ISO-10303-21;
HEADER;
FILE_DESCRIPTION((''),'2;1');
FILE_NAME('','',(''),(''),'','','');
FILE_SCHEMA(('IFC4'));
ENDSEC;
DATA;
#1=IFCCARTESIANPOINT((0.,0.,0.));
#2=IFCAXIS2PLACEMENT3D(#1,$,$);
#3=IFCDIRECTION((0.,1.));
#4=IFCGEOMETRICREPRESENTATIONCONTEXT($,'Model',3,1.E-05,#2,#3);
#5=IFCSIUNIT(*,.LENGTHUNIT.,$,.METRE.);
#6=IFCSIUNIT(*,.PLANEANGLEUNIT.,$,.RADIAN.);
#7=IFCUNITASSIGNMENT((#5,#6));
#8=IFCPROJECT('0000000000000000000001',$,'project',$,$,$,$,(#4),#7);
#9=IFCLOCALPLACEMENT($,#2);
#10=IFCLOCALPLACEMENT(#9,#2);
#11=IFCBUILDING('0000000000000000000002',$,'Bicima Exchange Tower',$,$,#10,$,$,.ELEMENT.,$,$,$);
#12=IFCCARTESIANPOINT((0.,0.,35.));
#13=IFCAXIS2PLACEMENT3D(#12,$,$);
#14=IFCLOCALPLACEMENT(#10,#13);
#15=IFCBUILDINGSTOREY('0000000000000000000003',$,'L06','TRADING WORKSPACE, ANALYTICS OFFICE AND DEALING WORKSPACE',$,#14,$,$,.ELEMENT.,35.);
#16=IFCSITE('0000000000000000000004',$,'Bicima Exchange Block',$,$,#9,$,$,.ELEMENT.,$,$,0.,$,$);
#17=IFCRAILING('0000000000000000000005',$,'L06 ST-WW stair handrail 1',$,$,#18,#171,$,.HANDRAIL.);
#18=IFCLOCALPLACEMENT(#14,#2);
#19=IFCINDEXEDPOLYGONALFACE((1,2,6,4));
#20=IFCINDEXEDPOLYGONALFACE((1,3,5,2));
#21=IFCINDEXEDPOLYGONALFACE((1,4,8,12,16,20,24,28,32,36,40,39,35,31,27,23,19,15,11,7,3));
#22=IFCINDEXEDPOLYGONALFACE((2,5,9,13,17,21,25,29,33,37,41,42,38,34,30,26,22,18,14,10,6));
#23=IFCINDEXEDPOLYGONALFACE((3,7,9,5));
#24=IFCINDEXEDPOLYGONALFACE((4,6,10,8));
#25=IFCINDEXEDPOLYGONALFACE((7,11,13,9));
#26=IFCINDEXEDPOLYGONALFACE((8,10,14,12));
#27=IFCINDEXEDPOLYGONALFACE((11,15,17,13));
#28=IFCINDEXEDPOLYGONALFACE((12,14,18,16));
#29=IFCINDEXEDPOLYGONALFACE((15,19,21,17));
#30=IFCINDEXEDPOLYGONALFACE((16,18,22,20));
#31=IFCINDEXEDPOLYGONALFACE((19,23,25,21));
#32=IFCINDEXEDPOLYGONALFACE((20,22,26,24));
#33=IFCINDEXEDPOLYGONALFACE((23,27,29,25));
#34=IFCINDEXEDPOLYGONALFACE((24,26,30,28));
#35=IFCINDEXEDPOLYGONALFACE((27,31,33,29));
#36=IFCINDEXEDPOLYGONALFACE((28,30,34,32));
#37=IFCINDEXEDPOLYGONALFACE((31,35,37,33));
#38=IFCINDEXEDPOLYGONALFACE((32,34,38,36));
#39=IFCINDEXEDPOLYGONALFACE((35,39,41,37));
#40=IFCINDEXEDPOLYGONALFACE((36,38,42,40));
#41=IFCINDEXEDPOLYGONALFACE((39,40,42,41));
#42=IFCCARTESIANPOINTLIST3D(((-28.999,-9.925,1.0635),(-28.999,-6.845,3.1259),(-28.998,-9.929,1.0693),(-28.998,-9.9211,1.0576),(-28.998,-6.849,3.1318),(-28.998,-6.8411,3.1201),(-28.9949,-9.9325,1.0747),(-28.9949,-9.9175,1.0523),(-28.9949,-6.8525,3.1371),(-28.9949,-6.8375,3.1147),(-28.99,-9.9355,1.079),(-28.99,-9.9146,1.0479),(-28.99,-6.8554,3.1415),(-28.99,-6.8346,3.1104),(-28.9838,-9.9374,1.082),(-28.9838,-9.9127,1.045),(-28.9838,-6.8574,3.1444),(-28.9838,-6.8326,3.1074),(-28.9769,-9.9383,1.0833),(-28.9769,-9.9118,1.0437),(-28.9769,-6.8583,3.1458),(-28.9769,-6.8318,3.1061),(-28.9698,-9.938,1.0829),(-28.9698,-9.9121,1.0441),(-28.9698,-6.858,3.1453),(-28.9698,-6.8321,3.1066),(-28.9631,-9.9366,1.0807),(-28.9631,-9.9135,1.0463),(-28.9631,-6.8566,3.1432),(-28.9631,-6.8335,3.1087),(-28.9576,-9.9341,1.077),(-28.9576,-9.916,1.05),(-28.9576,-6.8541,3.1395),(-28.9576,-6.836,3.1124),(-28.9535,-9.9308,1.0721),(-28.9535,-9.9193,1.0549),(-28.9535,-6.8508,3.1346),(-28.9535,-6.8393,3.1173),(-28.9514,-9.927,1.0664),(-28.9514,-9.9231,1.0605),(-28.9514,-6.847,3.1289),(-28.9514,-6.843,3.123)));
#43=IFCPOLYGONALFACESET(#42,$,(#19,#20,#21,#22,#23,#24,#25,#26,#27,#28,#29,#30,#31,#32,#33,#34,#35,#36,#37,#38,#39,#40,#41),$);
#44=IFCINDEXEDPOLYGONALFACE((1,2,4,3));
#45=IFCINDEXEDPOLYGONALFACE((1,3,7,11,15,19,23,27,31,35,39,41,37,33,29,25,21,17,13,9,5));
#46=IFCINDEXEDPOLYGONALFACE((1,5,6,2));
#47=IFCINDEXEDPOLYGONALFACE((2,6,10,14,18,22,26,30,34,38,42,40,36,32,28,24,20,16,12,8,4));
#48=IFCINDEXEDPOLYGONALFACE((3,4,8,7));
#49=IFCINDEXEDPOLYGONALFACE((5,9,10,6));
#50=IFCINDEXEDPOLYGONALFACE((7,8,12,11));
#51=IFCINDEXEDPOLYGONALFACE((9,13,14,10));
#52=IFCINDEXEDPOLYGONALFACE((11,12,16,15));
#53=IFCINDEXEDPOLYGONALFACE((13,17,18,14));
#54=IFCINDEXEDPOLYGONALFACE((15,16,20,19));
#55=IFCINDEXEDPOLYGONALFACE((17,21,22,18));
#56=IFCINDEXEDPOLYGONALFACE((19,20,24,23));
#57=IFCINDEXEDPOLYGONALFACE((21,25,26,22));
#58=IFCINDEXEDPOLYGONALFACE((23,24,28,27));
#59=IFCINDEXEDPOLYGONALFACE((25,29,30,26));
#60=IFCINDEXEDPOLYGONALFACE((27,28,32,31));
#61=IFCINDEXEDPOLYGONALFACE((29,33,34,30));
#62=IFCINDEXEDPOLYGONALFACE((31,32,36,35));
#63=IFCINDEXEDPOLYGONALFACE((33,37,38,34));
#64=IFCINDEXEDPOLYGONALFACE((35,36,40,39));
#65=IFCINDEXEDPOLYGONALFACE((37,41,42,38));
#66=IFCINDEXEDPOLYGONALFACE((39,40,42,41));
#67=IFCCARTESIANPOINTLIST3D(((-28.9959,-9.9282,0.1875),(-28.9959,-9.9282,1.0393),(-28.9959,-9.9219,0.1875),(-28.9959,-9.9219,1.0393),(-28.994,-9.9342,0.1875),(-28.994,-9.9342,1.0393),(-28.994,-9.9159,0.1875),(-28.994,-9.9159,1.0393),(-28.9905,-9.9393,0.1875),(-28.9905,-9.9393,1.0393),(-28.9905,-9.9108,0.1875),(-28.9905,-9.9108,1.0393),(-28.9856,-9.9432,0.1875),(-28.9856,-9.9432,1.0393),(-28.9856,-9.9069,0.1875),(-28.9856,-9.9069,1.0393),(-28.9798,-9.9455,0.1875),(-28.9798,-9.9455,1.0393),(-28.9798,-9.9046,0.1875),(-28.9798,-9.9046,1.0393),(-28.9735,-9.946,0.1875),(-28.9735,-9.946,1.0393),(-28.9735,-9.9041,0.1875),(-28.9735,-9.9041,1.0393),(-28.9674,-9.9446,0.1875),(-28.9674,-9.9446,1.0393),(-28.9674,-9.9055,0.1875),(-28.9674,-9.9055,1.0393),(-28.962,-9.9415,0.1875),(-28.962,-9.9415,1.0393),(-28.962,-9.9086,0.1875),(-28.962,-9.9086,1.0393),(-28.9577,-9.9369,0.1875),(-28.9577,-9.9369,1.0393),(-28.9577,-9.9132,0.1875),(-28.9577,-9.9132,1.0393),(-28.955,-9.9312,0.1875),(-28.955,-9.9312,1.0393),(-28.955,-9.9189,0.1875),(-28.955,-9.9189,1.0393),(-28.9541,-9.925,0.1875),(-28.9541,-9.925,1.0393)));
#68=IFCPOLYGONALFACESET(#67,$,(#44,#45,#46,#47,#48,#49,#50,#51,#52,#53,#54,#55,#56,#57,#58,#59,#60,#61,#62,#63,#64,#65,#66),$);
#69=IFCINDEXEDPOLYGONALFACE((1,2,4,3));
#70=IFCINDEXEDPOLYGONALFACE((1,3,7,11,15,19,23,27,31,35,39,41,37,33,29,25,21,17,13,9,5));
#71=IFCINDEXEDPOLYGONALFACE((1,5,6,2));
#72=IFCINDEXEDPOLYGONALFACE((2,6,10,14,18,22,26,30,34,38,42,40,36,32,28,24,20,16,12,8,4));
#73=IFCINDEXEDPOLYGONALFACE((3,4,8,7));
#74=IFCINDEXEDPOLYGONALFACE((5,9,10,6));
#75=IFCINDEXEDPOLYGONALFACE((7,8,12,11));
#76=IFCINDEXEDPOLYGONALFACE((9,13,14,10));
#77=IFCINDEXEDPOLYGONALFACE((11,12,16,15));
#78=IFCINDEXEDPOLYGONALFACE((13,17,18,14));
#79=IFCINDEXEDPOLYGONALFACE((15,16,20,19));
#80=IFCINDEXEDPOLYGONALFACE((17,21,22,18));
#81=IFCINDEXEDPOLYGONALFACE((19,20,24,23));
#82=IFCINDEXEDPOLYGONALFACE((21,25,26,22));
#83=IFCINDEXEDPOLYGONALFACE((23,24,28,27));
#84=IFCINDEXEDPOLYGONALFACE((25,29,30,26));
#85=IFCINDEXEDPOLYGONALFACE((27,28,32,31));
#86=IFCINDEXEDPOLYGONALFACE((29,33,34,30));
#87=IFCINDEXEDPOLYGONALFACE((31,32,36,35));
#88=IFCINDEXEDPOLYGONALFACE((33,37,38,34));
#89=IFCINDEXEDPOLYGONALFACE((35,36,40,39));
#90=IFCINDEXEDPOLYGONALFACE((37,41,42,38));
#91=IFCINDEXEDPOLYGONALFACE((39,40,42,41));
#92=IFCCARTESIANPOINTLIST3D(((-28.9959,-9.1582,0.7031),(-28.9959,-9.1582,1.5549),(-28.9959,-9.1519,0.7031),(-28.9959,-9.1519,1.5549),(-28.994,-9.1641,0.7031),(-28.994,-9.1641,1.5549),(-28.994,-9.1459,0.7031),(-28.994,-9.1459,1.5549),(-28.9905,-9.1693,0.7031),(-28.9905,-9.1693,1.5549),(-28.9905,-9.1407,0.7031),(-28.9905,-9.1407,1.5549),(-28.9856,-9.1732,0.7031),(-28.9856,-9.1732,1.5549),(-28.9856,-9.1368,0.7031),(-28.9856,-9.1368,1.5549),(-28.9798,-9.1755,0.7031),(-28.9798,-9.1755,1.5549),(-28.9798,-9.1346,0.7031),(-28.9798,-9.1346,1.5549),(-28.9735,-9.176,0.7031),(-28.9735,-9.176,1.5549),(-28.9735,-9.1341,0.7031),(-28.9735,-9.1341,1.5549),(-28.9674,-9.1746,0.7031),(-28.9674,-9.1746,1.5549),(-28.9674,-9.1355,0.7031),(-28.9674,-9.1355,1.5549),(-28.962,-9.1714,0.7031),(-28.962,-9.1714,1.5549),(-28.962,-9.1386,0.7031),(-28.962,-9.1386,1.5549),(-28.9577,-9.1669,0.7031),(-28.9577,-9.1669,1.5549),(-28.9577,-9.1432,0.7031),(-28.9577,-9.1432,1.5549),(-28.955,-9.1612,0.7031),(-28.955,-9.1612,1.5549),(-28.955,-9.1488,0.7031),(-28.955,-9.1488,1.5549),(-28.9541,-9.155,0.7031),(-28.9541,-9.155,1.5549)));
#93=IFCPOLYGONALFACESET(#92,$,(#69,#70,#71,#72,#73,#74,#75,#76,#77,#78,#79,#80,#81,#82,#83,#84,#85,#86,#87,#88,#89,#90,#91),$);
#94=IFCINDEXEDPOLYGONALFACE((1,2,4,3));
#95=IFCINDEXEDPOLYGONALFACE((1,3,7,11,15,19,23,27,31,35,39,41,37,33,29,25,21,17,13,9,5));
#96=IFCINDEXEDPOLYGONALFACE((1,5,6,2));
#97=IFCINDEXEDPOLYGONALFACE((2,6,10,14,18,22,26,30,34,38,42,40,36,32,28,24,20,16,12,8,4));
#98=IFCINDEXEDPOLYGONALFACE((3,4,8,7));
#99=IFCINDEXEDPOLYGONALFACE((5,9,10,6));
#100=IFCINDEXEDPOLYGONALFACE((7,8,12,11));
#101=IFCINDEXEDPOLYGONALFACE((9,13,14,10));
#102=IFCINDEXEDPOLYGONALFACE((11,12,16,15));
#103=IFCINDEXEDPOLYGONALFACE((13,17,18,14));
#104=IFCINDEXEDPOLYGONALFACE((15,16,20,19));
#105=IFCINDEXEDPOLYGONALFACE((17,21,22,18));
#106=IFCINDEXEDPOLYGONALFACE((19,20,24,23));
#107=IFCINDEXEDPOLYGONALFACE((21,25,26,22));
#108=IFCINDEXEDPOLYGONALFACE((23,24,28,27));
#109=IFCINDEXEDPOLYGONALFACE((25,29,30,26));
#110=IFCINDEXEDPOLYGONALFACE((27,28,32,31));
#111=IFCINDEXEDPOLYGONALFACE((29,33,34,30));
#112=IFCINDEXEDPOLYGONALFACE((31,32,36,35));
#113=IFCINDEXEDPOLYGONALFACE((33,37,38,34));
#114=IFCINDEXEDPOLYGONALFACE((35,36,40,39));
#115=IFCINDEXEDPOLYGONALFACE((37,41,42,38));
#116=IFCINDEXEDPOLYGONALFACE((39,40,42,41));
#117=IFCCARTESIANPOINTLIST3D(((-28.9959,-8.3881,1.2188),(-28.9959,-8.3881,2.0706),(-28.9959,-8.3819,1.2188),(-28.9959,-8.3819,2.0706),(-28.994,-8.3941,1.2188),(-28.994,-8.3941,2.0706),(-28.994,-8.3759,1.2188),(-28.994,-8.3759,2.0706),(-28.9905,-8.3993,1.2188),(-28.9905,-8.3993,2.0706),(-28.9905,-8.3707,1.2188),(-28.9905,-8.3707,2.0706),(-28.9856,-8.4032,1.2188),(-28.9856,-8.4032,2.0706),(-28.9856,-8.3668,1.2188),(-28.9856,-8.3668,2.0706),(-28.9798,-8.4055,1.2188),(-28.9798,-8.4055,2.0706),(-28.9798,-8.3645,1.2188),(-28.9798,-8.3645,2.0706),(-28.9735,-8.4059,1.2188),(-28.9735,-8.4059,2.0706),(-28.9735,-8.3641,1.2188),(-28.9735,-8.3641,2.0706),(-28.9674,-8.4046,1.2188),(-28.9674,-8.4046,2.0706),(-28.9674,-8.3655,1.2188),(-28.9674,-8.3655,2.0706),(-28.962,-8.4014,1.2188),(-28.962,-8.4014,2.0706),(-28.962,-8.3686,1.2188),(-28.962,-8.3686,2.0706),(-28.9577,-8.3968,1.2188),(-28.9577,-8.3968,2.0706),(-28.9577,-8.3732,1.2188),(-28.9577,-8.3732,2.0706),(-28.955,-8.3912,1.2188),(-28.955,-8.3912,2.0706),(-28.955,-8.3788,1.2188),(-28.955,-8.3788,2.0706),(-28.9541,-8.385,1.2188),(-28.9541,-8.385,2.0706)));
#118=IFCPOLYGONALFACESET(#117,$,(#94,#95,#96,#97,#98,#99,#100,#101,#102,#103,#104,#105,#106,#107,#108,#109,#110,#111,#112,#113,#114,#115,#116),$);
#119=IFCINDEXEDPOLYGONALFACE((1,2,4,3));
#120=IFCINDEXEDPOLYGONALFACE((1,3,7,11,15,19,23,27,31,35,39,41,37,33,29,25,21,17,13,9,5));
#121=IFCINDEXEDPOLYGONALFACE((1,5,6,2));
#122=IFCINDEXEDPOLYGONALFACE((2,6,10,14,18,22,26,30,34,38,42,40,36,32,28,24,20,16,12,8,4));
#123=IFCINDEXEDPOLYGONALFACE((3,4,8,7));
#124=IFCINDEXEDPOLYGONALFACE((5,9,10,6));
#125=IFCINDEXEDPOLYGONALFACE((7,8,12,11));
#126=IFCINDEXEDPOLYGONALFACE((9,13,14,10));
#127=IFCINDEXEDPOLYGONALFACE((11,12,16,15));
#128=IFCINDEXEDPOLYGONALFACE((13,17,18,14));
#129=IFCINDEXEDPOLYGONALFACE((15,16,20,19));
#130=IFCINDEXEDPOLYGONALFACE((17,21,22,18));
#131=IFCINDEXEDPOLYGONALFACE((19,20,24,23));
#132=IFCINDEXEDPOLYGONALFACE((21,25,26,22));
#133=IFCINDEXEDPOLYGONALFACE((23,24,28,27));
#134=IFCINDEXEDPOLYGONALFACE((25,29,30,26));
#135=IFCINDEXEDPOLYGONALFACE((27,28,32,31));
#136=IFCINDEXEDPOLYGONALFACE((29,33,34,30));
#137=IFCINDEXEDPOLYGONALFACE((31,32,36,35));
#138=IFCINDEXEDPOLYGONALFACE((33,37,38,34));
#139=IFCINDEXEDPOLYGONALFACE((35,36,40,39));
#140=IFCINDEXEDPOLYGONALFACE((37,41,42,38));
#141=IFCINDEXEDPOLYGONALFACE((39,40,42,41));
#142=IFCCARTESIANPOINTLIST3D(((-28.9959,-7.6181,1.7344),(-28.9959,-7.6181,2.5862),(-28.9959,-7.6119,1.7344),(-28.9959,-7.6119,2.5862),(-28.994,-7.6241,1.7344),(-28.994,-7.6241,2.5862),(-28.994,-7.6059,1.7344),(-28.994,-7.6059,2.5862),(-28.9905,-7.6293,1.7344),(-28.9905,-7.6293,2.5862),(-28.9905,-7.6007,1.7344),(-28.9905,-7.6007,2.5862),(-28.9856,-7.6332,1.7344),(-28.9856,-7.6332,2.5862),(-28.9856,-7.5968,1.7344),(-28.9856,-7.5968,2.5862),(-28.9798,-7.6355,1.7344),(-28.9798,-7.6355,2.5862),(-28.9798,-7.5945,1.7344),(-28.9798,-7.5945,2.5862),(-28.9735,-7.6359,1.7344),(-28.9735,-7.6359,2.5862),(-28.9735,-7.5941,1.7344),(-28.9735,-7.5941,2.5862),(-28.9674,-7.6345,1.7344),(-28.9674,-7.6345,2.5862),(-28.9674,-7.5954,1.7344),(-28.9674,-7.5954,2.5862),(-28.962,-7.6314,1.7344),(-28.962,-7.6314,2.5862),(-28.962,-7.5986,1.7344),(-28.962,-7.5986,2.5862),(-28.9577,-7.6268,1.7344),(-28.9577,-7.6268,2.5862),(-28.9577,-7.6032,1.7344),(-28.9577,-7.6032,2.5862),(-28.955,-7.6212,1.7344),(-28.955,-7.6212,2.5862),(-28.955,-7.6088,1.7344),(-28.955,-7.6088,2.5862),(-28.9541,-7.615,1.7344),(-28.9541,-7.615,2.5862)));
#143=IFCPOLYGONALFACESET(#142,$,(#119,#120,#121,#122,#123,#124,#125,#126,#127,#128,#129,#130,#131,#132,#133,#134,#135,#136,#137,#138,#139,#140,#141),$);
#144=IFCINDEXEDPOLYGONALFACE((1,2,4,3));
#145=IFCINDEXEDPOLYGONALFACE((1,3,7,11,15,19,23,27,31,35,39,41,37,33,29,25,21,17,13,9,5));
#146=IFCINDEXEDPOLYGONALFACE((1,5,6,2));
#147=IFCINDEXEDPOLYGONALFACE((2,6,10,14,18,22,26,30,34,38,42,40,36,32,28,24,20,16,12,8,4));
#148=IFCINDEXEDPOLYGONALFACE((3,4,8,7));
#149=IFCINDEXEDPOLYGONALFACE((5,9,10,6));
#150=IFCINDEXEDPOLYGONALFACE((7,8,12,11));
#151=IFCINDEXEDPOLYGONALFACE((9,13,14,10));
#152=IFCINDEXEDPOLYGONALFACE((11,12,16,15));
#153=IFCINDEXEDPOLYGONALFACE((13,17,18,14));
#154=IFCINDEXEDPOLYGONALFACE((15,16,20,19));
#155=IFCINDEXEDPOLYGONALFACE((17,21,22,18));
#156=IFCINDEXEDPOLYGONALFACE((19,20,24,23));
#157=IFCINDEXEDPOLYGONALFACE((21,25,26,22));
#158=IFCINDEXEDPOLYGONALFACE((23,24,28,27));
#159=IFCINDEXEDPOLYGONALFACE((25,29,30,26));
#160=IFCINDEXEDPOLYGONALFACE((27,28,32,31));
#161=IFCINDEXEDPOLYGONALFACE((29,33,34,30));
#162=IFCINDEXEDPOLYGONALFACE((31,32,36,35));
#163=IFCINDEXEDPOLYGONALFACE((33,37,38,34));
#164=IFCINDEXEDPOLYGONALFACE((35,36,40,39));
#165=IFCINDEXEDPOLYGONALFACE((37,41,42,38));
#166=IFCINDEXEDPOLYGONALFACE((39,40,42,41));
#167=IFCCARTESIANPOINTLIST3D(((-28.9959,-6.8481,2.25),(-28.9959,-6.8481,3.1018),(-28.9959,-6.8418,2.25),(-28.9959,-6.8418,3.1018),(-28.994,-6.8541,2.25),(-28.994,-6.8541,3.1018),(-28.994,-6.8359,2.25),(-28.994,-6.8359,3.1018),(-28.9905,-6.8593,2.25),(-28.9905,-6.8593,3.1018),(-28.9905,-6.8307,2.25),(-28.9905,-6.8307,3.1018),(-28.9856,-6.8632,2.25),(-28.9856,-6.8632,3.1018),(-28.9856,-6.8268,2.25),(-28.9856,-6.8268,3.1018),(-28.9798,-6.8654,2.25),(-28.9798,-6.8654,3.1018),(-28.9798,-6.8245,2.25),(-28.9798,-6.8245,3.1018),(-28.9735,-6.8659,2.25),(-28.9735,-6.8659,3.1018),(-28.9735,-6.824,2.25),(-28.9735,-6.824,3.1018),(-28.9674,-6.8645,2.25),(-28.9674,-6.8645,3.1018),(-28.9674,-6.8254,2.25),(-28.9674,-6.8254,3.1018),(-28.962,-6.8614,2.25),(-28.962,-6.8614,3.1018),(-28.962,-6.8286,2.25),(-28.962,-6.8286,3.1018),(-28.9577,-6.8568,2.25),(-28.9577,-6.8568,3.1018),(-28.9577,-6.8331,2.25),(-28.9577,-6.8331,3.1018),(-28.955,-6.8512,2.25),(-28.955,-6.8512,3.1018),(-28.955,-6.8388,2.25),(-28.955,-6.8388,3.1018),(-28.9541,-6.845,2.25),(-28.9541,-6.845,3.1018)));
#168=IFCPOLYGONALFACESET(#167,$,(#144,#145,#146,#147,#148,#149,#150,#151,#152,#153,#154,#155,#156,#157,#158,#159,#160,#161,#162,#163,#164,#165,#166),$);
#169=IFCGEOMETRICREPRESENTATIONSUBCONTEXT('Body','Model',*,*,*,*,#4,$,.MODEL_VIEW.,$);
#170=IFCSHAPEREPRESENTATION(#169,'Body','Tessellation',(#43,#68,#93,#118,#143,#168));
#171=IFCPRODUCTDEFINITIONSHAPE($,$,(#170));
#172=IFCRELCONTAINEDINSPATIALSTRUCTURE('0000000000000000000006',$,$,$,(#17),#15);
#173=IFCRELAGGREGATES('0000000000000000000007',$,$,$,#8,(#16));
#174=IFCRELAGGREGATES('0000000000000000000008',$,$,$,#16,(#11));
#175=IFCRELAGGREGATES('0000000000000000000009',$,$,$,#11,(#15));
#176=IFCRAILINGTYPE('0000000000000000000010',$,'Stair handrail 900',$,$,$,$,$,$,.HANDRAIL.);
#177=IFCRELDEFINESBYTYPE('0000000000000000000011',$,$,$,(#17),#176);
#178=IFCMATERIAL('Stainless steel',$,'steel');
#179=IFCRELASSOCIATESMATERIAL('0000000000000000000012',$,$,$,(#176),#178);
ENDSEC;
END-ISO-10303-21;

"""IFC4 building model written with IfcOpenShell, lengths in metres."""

from ifc_helpers import new_model, si_unit, direction, frame, origin, origin_2d, place, context, subcontext, project, spatial, circle, extrude, material, type_object, element, save


model = new_model("IFC4")

# Units and contexts
model_context = context("Model", 3, precision=1e-05, world=origin(), true_north=direction((0.0, 1.0)))
body_context = subcontext(model_context, "Body", "Model", "MODEL_VIEW")
ifc_project = project(units=[si_unit("LENGTHUNIT", "METRE"), si_unit("PLANEANGLEUNIT", "RADIAN")], contexts=[model_context])

# Site, building, storey
site_placement = place(None, origin())
site = spatial("IfcSite", under=ifc_project, at=site_placement, Name="Bicima Exchange Block", CompositionType="ELEMENT", RefElevation=0.0)
building_placement = place(site_placement, origin())
building = spatial("IfcBuilding", under=site, at=building_placement, Name="Bicima Exchange Tower", CompositionType="ELEMENT")
storey_placement = place(building_placement, frame((0.0, 0.0, 35.0)))
storey = spatial("IfcBuildingStorey", under=building, at=storey_placement, Name="L06", Description="TRADING WORKSPACE, ANALYTICS OFFICE AND DEALING WORKSPACE", CompositionType="ELEMENT", Elevation=35.0)

# Railing
ifc_material_1 = material(Name="Stainless steel", Category="steel")
railing_type_1 = type_object("IfcRailingType", Name="Stair handrail 900", PredefinedType="HANDRAIL", material=ifc_material_1)
railing_1_placement = place(storey_placement, frame((-28.9751, -9.925, 0.1875)))
element("IfcRailing", 1, at=railing_1_placement, inside=storey, type_object=railing_type_1, Name="L06 ST-WW stair handrail 1", PredefinedType="HANDRAIL", context=body_context, shape_type="SweptSolid", body=[
    extrude(circle(Radius=0.0239, at=origin_2d()), frame((0.0, 0.0, 0.876), z_axis=(0.0, 0.830914, 0.556401), x_axis=(-1.0, 0.0, 0.0)), (0.0, 0.0, 1.0), 3.7068),
    extrude(circle(Radius=0.021, at=origin_2d()), origin(), (0.0, 0.0, 1.0), 0.8518),
    extrude(circle(Radius=0.021, at=origin_2d()), frame((0.0, 0.77, 0.5156)), (0.0, 0.0, 1.0), 0.8518),
    extrude(circle(Radius=0.021, at=origin_2d()), frame((0.0, 1.54, 1.0312)), (0.0, 0.0, 1.0), 0.8518),
    extrude(circle(Radius=0.021, at=origin_2d()), frame((0.0, 2.3101, 1.5469)), (0.0, 0.0, 1.0), 0.8518),
    extrude(circle(Radius=0.021, at=origin_2d()), frame((0.0, 3.0801, 2.0625)), (0.0, 0.0, 1.0), 0.8518),
])

save(model, "model.ifc")
